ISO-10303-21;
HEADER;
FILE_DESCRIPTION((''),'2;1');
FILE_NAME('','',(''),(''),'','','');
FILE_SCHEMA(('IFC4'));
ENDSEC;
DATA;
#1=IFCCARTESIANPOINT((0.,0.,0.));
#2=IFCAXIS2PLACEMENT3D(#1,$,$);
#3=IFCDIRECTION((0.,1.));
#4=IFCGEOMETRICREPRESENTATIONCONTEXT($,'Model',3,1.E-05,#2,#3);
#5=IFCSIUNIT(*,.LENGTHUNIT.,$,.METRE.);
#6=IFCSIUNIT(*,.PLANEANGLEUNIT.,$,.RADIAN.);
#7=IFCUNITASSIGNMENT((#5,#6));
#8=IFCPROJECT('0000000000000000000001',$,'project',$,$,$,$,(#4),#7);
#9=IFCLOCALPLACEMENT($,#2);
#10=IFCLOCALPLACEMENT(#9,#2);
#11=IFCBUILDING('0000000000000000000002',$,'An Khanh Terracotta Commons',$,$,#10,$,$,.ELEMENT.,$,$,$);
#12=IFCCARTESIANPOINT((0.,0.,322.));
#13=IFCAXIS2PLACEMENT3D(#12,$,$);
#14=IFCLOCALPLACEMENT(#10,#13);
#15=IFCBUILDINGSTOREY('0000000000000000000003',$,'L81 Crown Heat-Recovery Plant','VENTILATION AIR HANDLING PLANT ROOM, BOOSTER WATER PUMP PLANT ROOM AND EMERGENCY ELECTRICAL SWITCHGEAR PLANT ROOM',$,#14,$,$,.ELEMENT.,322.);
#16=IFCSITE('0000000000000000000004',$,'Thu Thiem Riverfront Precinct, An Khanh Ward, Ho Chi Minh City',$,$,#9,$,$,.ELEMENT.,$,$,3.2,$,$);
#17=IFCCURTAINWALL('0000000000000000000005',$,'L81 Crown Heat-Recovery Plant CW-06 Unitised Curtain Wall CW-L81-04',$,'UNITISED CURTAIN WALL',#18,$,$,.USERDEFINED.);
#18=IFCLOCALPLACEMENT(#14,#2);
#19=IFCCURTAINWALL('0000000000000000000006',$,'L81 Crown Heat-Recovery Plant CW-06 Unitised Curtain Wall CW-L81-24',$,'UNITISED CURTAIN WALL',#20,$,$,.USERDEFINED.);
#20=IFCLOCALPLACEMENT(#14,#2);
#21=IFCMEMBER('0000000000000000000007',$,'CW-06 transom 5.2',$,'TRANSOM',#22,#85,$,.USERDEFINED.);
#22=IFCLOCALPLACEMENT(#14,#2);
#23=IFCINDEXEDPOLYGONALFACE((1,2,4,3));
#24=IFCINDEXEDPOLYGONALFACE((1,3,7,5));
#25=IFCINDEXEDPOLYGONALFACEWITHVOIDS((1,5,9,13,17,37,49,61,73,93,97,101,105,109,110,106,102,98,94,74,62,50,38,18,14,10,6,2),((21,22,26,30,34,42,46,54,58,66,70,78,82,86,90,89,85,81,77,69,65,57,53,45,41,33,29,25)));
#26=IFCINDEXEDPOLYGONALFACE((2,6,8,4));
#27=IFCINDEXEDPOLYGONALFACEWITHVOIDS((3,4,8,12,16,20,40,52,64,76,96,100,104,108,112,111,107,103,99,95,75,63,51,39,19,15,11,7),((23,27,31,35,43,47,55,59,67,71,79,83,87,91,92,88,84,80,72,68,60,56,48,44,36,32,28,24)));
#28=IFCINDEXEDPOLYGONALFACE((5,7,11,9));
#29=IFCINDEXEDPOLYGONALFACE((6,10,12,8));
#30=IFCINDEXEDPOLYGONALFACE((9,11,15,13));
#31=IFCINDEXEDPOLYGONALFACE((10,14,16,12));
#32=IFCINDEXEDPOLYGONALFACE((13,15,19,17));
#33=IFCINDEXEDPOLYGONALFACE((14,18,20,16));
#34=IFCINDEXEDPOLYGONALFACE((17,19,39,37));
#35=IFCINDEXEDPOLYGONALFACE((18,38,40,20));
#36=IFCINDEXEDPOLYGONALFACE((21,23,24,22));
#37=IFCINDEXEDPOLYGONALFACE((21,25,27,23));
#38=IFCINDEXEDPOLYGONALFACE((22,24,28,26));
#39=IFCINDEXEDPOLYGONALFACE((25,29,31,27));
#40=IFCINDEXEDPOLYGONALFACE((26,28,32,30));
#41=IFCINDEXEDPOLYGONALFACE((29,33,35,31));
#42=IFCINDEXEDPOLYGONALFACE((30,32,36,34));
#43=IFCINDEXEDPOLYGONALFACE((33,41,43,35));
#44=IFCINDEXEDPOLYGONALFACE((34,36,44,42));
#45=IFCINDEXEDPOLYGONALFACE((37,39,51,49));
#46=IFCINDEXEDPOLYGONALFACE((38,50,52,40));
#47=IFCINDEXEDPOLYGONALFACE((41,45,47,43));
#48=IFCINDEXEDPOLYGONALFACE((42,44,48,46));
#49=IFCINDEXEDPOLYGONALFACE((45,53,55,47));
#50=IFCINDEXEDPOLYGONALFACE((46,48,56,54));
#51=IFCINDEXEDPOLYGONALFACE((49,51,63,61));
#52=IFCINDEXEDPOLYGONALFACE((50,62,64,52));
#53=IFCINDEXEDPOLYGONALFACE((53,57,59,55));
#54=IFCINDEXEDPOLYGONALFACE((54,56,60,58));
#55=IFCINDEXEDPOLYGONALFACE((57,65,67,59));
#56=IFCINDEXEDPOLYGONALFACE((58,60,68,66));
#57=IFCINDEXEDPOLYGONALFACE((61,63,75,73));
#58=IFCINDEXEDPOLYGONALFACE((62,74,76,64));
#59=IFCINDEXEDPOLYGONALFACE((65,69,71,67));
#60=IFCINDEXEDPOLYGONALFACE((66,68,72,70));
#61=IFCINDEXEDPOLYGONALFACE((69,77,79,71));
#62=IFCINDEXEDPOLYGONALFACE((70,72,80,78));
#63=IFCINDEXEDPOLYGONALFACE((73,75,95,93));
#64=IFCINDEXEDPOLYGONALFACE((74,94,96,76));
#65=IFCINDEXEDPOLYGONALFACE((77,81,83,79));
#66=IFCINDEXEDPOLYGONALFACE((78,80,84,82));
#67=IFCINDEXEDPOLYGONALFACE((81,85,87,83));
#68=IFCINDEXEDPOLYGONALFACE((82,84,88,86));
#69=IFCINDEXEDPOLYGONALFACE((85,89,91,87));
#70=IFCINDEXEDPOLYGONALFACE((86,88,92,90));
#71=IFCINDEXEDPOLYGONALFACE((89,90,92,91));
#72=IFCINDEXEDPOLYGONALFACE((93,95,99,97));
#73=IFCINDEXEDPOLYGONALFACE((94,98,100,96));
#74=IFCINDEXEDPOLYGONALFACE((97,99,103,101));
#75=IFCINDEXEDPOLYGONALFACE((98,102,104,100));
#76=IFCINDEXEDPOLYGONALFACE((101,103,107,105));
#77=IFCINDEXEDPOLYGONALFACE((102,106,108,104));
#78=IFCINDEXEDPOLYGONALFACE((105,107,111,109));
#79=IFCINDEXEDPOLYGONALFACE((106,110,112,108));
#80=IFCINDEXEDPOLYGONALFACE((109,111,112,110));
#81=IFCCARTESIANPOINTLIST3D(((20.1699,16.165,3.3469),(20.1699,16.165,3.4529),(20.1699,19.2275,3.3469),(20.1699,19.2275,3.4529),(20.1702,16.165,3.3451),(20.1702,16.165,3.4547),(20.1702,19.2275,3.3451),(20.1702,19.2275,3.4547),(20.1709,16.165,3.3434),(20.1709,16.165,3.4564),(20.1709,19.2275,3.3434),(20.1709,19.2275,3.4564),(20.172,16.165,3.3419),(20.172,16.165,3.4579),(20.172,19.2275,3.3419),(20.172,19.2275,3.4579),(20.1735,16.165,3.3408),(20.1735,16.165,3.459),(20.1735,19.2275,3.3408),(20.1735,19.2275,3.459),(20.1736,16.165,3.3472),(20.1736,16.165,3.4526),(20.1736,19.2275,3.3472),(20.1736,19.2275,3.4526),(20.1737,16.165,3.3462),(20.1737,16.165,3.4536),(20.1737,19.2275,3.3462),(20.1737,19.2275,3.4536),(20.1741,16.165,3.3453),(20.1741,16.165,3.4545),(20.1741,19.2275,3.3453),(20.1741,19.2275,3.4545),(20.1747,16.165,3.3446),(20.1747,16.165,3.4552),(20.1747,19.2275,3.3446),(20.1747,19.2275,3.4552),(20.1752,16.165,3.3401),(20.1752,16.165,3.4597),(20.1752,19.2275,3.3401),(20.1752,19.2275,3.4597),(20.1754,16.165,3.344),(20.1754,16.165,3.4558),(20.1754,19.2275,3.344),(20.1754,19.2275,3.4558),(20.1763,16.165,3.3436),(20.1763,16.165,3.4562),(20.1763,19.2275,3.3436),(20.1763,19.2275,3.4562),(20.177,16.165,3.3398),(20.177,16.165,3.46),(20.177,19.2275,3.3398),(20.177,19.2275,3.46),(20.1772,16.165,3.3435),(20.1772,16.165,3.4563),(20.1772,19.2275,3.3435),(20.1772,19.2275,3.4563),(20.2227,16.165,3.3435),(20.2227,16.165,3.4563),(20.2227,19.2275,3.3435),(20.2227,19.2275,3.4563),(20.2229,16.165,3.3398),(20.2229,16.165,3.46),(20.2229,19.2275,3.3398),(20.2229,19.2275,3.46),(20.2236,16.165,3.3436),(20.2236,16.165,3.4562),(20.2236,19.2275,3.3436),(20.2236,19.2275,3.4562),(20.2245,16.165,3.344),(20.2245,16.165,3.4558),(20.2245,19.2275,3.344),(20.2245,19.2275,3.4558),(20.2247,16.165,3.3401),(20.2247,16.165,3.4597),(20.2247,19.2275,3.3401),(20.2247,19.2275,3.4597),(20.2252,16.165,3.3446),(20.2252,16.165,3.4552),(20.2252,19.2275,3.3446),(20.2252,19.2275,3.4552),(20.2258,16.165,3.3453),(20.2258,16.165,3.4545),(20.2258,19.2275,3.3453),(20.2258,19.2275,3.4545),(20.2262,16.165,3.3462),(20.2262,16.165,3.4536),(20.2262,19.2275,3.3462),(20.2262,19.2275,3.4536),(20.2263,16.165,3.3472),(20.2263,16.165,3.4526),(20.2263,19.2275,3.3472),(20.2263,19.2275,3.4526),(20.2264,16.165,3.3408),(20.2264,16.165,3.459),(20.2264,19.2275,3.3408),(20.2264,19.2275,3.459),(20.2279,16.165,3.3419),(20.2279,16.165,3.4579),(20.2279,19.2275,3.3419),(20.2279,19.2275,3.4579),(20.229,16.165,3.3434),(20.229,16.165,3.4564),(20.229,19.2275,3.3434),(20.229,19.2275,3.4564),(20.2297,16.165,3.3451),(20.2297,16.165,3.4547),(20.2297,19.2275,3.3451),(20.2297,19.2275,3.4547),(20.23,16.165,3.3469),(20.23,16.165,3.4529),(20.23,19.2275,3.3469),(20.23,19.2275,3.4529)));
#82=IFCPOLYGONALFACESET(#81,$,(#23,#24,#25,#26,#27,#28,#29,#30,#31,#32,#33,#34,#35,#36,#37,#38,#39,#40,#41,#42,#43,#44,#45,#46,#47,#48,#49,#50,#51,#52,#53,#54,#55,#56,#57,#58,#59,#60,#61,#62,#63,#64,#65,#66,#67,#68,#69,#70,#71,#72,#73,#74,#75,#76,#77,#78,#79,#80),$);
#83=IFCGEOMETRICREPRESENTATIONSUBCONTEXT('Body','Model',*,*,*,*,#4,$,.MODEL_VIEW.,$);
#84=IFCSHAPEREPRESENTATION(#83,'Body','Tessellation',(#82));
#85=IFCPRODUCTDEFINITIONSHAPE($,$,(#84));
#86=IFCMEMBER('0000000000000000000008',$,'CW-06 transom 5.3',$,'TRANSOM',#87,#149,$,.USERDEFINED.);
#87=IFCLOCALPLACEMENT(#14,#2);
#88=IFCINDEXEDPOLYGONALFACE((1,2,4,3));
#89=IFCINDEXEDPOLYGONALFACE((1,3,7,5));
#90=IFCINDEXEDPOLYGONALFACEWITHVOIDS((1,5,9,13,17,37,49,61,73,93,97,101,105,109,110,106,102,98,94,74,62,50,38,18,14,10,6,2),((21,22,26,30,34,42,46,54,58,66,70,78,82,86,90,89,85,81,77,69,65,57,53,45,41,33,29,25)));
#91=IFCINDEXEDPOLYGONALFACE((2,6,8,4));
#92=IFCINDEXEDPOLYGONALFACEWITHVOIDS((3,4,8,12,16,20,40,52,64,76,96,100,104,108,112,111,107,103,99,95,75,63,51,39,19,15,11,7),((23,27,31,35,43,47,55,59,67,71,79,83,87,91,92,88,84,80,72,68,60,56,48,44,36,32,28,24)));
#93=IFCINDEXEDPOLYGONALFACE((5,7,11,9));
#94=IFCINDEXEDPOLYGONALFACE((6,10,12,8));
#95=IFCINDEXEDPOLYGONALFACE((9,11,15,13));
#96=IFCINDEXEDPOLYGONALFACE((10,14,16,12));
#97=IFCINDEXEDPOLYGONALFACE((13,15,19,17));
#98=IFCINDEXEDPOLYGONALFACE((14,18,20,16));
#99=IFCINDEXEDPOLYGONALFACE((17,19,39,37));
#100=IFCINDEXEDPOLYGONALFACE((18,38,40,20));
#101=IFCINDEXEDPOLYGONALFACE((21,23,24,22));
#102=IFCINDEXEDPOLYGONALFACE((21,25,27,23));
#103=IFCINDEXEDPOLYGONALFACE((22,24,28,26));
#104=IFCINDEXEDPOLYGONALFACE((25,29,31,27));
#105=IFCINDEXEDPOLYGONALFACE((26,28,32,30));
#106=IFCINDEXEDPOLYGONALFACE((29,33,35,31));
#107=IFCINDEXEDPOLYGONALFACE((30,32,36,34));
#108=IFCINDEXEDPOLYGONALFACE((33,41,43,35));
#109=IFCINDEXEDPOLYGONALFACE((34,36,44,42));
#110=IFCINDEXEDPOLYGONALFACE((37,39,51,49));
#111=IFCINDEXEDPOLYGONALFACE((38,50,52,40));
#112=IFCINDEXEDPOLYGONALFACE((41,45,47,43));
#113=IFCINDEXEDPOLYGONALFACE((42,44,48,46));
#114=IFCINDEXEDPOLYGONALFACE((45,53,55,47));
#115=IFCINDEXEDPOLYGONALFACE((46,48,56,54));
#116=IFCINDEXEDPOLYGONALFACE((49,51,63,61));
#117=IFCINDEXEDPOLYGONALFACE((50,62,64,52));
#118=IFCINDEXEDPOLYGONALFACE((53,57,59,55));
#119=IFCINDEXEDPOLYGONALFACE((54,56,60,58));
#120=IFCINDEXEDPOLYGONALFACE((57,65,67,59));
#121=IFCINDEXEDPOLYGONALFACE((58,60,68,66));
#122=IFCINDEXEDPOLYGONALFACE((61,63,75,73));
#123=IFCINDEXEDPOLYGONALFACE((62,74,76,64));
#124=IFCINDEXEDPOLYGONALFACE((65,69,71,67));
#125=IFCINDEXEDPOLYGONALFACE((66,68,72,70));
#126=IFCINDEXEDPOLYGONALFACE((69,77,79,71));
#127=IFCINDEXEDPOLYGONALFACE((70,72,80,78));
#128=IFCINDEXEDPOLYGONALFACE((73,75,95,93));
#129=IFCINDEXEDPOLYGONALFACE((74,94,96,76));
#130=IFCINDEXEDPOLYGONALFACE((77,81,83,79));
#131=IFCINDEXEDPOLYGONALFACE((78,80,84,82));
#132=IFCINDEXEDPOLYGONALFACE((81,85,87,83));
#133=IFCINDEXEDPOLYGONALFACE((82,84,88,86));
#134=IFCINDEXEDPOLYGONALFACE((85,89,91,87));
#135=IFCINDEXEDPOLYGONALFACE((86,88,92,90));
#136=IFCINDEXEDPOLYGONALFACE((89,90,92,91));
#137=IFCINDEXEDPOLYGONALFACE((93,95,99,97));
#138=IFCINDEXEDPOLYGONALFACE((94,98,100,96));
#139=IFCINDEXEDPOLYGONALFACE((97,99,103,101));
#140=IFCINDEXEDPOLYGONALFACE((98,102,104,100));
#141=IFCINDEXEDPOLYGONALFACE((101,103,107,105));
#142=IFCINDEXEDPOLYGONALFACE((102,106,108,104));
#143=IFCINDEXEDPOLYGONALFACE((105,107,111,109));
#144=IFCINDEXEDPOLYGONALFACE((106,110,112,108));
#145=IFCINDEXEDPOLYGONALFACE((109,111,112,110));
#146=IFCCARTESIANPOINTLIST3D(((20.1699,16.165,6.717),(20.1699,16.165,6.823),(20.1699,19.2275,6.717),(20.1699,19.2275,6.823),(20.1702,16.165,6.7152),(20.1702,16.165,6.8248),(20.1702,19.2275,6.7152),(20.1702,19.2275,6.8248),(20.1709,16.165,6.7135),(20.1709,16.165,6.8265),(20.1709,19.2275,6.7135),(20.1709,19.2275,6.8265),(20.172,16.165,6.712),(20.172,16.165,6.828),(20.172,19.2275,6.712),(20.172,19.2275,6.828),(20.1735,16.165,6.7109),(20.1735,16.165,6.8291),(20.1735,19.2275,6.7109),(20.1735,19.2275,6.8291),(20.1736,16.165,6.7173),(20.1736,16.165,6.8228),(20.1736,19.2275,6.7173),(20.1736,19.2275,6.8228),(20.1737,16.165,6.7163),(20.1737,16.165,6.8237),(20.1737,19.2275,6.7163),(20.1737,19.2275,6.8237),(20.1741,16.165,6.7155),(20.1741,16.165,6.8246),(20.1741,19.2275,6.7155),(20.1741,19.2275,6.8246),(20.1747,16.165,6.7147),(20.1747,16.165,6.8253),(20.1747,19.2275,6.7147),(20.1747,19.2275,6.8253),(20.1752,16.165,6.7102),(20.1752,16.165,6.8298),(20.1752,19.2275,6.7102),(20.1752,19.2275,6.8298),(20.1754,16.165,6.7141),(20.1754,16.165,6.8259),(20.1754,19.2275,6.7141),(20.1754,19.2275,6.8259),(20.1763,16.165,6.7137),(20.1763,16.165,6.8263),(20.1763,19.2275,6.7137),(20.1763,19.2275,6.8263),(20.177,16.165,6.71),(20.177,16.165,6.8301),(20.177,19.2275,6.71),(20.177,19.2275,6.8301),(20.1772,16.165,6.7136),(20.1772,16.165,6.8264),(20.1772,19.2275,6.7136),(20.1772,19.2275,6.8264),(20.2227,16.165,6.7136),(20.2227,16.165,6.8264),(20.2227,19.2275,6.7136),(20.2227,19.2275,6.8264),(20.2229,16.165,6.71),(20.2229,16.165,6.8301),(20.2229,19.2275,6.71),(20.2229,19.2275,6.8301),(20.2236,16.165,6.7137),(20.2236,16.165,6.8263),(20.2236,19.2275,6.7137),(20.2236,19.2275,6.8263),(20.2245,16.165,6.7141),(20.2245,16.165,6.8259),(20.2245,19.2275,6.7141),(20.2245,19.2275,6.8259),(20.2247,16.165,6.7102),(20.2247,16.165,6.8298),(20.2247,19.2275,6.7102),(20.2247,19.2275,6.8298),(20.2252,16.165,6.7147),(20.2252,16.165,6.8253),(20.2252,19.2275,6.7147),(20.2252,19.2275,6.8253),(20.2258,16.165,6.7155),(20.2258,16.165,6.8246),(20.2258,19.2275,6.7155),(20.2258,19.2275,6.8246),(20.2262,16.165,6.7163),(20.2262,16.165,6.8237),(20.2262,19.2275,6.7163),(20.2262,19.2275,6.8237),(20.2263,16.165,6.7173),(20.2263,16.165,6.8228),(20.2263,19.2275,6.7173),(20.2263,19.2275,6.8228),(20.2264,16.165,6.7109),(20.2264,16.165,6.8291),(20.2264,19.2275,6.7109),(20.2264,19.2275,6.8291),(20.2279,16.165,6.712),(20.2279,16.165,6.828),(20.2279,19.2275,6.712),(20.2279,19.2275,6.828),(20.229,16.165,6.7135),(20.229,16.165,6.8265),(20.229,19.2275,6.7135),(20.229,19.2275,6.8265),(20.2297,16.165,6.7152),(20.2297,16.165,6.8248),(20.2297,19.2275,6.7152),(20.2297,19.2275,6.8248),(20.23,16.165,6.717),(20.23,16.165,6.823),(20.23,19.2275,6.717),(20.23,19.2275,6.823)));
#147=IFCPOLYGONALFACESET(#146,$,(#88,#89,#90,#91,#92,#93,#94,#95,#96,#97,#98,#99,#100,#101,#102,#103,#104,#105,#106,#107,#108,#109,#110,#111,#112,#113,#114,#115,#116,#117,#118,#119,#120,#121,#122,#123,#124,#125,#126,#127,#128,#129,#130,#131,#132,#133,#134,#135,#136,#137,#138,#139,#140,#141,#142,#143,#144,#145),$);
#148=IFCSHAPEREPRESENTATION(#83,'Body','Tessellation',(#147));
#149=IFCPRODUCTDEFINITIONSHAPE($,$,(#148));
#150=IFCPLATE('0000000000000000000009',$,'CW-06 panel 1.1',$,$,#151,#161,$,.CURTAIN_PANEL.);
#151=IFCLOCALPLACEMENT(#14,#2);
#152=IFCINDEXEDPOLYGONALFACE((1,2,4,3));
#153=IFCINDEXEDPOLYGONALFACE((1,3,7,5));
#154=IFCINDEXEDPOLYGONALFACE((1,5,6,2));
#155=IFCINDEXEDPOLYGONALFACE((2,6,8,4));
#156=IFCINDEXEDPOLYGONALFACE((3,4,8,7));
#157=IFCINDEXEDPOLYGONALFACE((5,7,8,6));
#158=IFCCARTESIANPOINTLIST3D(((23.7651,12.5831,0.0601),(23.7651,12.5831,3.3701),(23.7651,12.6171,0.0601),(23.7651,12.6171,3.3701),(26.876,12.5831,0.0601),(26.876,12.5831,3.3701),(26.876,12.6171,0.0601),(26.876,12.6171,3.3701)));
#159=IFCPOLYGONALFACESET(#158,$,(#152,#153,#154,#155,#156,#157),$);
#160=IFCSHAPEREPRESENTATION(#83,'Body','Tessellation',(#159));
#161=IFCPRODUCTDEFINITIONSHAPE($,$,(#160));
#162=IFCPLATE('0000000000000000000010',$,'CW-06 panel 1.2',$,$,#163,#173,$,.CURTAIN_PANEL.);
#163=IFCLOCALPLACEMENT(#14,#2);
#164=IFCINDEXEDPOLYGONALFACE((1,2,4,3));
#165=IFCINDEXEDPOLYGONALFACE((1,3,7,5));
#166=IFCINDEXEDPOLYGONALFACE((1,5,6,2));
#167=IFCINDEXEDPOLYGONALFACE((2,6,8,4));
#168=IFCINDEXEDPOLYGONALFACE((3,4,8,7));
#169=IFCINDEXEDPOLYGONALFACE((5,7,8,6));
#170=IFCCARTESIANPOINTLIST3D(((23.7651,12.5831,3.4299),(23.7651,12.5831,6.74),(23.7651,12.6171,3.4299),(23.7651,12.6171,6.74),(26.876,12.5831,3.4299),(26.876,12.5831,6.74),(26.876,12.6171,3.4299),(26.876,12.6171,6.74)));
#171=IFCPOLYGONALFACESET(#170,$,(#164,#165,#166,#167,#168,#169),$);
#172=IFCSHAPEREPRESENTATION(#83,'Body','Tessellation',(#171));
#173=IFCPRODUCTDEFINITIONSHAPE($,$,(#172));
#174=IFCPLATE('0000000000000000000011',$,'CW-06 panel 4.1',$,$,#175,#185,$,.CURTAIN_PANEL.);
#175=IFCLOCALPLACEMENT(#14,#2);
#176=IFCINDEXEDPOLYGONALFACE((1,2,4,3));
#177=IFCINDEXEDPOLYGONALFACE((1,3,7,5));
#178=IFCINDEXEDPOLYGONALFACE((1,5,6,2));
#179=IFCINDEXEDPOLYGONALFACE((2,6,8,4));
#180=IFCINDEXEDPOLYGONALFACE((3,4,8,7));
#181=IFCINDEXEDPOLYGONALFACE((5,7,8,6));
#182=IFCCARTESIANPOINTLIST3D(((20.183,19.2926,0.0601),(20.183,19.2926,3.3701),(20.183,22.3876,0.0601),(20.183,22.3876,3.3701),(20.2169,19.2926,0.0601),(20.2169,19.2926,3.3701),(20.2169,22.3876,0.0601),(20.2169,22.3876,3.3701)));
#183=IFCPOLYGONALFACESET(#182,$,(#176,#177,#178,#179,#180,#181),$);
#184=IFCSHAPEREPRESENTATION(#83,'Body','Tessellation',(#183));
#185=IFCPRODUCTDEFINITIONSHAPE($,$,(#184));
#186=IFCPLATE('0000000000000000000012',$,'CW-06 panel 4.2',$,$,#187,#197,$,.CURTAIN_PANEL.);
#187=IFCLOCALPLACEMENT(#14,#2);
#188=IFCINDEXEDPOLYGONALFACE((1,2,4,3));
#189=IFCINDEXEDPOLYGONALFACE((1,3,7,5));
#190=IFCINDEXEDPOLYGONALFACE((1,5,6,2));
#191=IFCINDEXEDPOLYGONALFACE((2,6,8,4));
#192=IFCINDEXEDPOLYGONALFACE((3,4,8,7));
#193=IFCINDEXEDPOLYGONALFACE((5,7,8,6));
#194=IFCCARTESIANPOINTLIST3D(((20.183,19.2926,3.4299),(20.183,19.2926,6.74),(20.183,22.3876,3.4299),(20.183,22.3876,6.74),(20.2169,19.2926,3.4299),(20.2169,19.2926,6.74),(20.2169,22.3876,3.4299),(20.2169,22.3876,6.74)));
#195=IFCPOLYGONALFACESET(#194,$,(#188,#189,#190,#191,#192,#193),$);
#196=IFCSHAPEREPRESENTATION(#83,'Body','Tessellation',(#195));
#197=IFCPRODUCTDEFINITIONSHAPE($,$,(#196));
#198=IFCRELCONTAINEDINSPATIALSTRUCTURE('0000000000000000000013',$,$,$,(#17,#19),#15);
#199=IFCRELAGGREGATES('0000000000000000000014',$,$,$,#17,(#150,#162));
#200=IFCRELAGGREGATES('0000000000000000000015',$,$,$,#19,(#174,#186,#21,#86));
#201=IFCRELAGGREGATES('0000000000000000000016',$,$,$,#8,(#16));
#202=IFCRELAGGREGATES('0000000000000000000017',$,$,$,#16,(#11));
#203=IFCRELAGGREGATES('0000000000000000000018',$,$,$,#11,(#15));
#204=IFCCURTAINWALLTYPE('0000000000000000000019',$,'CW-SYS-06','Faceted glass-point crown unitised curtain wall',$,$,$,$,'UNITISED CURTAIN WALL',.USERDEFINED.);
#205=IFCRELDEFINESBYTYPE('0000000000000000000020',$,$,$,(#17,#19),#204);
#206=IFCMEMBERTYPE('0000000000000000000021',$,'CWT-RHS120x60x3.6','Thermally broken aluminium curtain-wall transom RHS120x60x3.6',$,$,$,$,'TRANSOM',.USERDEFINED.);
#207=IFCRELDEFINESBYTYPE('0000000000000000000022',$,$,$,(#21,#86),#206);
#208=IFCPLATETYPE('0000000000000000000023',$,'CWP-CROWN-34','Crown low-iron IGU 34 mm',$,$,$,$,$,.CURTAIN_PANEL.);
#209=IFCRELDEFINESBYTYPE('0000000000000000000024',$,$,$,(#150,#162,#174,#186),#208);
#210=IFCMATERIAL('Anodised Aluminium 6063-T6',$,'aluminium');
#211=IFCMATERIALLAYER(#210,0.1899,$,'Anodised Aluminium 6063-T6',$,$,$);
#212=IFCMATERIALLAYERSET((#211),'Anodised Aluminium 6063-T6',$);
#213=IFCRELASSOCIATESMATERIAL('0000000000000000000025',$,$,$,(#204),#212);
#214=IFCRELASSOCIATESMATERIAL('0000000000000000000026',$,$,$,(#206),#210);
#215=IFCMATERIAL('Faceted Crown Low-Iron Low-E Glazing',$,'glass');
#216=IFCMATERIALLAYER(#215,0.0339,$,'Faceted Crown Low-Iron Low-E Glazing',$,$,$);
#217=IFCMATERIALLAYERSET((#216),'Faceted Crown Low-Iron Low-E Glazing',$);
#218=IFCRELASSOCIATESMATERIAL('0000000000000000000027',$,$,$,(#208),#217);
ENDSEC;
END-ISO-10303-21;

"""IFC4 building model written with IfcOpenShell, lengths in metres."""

from ifc_helpers import new_model, si_unit, direction, frame, origin, origin_2d, place, context, subcontext, project, spatial, rectangle, hollow_rectangle, extrude, material, layer, layer_set, material_profile, profile_set, type_object, element, aggregate, save


model = new_model("IFC4")

# Units and contexts
model_context = context("Model", 3, precision=1e-05, world=origin(), true_north=direction((0.0, 1.0)))
body_context = subcontext(model_context, "Body", "Model", "MODEL_VIEW")
ifc_project = project(units=[si_unit("LENGTHUNIT", "METRE"), si_unit("PLANEANGLEUNIT", "RADIAN")], contexts=[model_context])

# Site, building, storey
site_placement = place(None, origin())
site = spatial("IfcSite", under=ifc_project, at=site_placement, Name="Thu Thiem Riverfront Precinct, An Khanh Ward, Ho Chi Minh City", CompositionType="ELEMENT", RefElevation=3.2)
building_placement = place(site_placement, origin())
building = spatial("IfcBuilding", under=site, at=building_placement, Name="An Khanh Terracotta Commons", CompositionType="ELEMENT")
storey_placement = place(building_placement, frame((0.0, 0.0, 322.0)))
storey = spatial("IfcBuildingStorey", under=building, at=storey_placement, Name="L81 Crown Heat-Recovery Plant", Description="VENTILATION AIR HANDLING PLANT ROOM, BOOSTER WATER PUMP PLANT ROOM AND EMERGENCY ELECTRICAL SWITCHGEAR PLANT ROOM", CompositionType="ELEMENT", Elevation=322.0)

# Curtain wall
ifc_material_1 = material(Name="Anodised Aluminium 6063-T6", Category="aluminium")
ifc_layer_1 = layer(ifc_material_1, 0.1899, Name="Anodised Aluminium 6063-T6")
ifc_layer_set_1 = layer_set([ifc_layer_1], Name="Anodised Aluminium 6063-T6")
curtain_wall_type = type_object("IfcCurtainWallType", Name="CW-SYS-06", Description="Faceted glass-point crown unitised curtain wall", ElementType="UNITISED CURTAIN WALL", PredefinedType="USERDEFINED", material=ifc_layer_set_1)
curtain_wall_1_placement = place(storey_placement, origin())
curtain_wall_1 = element("IfcCurtainWall", 1, at=curtain_wall_1_placement, inside=storey, type_object=curtain_wall_type, Name="L81 Crown Heat-Recovery Plant CW-06 Unitised Curtain Wall CW-L81-04", ObjectType="UNITISED CURTAIN WALL", PredefinedType="USERDEFINED")

# Curtain wall
curtain_wall_2_placement = place(storey_placement, origin())
curtain_wall_2 = element("IfcCurtainWall", 2, at=curtain_wall_2_placement, inside=storey, type_object=curtain_wall_type, Name="L81 Crown Heat-Recovery Plant CW-06 Unitised Curtain Wall CW-L81-24", ObjectType="UNITISED CURTAIN WALL", PredefinedType="USERDEFINED")

# Members
ifc_material_profile_1 = material_profile(ifc_material_1, hollow_rectangle(XDim=0.0601, YDim=0.1201, WallThickness=0.0037, InnerFilletRadius=0.0037, OuterFilletRadius=0.0071, at=origin_2d()), Name="RHS120x60x3.6")
ifc_profile_set_1 = profile_set([ifc_material_profile_1], Name="Anodised Aluminium 6063-T6")
member_type_1 = type_object("IfcMemberType", Name="CWT-RHS120x60x3.6", Description="Thermally broken aluminium curtain-wall transom RHS120x60x3.6", ElementType="TRANSOM", PredefinedType="USERDEFINED", material=ifc_profile_set_1)
member_1_placement = place(storey_placement, frame((20.2, 19.2275, 3.3999), z_axis=(0.0, -1.0, 0.0), x_axis=(1.0, 0.0, 0.0)))
member_1 = element("IfcMember", 3, at=member_1_placement, type_object=member_type_1, Name="CW-06 transom 5.2", ObjectType="TRANSOM", PredefinedType="USERDEFINED", context=body_context, shape_type="SweptSolid", body=[
    extrude(hollow_rectangle(XDim=0.0601, YDim=0.1201, WallThickness=0.0037, InnerFilletRadius=0.0037, OuterFilletRadius=0.0071, at=origin_2d()), origin(), (0.0, 0.0, 1.0), 3.0625),
])
member_2_placement = place(storey_placement, frame((20.2, 19.2275, 6.77), z_axis=(0.0, -1.0, 0.0), x_axis=(1.0, 0.0, 0.0)))
member_2 = element("IfcMember", 4, at=member_2_placement, type_object=member_type_1, Name="CW-06 transom 5.3", ObjectType="TRANSOM", PredefinedType="USERDEFINED", context=body_context, shape_type="SweptSolid", body=[
    extrude(hollow_rectangle(XDim=0.0601, YDim=0.1201, WallThickness=0.0037, InnerFilletRadius=0.0037, OuterFilletRadius=0.0071, at=origin_2d()), origin(), (0.0, 0.0, 1.0), 3.0625),
])

# Plates
ifc_material_2 = material(Name="Faceted Crown Low-Iron Low-E Glazing", Category="glass")
ifc_layer_2 = layer(ifc_material_2, 0.0339, Name="Faceted Crown Low-Iron Low-E Glazing")
ifc_layer_set_2 = layer_set([ifc_layer_2], Name="Faceted Crown Low-Iron Low-E Glazing")
plate_type = type_object("IfcPlateType", Name="CWP-CROWN-34", Description="Crown low-iron IGU 34 mm", PredefinedType="CURTAIN_PANEL", material=ifc_layer_set_2)
plate_1_placement = place(storey_placement, frame((25.3206, 12.6001, 0.0601), z_axis=(0.0, 0.0, 1.0), x_axis=(1.0, 0.0, 0.0)))
plate_1 = element("IfcPlate", 5, at=plate_1_placement, type_object=plate_type, Name="CW-06 panel 1.1", PredefinedType="CURTAIN_PANEL", context=body_context, shape_type="SweptSolid", body=[
    extrude(rectangle(XDim=3.1108, YDim=0.0339, at=origin_2d()), origin(), (0.0, 0.0, 1.0), 3.3101),
])
plate_2_placement = place(storey_placement, frame((25.3206, 12.6001, 3.4299), z_axis=(0.0, 0.0, 1.0), x_axis=(1.0, 0.0, 0.0)))
plate_2 = element("IfcPlate", 6, at=plate_2_placement, type_object=plate_type, Name="CW-06 panel 1.2", PredefinedType="CURTAIN_PANEL", context=body_context, shape_type="SweptSolid", body=[
    extrude(rectangle(XDim=3.1108, YDim=0.0339, at=origin_2d()), origin(), (0.0, 0.0, 1.0), 3.3101),
])
aggregate(curtain_wall_1, [plate_1, plate_2])
plate_3_placement = place(storey_placement, frame((20.2, 20.8401, 0.0601), z_axis=(0.0, 0.0, 1.0), x_axis=(0.0, -1.0, 0.0)))
plate_3 = element("IfcPlate", 7, at=plate_3_placement, type_object=plate_type, Name="CW-06 panel 4.1", PredefinedType="CURTAIN_PANEL", context=body_context, shape_type="SweptSolid", body=[
    extrude(rectangle(XDim=3.095, YDim=0.0339, at=origin_2d()), origin(), (0.0, 0.0, 1.0), 3.3101),
])
plate_4_placement = place(storey_placement, frame((20.2, 20.8401, 3.4299), z_axis=(0.0, 0.0, 1.0), x_axis=(0.0, -1.0, 0.0)))
plate_4 = element("IfcPlate", 8, at=plate_4_placement, type_object=plate_type, Name="CW-06 panel 4.2", PredefinedType="CURTAIN_PANEL", context=body_context, shape_type="SweptSolid", body=[
    extrude(rectangle(XDim=3.095, YDim=0.0339, at=origin_2d()), origin(), (0.0, 0.0, 1.0), 3.3101),
])
aggregate(curtain_wall_2, [plate_3, plate_4, member_1, member_2])

save(model, "model.ifc")
